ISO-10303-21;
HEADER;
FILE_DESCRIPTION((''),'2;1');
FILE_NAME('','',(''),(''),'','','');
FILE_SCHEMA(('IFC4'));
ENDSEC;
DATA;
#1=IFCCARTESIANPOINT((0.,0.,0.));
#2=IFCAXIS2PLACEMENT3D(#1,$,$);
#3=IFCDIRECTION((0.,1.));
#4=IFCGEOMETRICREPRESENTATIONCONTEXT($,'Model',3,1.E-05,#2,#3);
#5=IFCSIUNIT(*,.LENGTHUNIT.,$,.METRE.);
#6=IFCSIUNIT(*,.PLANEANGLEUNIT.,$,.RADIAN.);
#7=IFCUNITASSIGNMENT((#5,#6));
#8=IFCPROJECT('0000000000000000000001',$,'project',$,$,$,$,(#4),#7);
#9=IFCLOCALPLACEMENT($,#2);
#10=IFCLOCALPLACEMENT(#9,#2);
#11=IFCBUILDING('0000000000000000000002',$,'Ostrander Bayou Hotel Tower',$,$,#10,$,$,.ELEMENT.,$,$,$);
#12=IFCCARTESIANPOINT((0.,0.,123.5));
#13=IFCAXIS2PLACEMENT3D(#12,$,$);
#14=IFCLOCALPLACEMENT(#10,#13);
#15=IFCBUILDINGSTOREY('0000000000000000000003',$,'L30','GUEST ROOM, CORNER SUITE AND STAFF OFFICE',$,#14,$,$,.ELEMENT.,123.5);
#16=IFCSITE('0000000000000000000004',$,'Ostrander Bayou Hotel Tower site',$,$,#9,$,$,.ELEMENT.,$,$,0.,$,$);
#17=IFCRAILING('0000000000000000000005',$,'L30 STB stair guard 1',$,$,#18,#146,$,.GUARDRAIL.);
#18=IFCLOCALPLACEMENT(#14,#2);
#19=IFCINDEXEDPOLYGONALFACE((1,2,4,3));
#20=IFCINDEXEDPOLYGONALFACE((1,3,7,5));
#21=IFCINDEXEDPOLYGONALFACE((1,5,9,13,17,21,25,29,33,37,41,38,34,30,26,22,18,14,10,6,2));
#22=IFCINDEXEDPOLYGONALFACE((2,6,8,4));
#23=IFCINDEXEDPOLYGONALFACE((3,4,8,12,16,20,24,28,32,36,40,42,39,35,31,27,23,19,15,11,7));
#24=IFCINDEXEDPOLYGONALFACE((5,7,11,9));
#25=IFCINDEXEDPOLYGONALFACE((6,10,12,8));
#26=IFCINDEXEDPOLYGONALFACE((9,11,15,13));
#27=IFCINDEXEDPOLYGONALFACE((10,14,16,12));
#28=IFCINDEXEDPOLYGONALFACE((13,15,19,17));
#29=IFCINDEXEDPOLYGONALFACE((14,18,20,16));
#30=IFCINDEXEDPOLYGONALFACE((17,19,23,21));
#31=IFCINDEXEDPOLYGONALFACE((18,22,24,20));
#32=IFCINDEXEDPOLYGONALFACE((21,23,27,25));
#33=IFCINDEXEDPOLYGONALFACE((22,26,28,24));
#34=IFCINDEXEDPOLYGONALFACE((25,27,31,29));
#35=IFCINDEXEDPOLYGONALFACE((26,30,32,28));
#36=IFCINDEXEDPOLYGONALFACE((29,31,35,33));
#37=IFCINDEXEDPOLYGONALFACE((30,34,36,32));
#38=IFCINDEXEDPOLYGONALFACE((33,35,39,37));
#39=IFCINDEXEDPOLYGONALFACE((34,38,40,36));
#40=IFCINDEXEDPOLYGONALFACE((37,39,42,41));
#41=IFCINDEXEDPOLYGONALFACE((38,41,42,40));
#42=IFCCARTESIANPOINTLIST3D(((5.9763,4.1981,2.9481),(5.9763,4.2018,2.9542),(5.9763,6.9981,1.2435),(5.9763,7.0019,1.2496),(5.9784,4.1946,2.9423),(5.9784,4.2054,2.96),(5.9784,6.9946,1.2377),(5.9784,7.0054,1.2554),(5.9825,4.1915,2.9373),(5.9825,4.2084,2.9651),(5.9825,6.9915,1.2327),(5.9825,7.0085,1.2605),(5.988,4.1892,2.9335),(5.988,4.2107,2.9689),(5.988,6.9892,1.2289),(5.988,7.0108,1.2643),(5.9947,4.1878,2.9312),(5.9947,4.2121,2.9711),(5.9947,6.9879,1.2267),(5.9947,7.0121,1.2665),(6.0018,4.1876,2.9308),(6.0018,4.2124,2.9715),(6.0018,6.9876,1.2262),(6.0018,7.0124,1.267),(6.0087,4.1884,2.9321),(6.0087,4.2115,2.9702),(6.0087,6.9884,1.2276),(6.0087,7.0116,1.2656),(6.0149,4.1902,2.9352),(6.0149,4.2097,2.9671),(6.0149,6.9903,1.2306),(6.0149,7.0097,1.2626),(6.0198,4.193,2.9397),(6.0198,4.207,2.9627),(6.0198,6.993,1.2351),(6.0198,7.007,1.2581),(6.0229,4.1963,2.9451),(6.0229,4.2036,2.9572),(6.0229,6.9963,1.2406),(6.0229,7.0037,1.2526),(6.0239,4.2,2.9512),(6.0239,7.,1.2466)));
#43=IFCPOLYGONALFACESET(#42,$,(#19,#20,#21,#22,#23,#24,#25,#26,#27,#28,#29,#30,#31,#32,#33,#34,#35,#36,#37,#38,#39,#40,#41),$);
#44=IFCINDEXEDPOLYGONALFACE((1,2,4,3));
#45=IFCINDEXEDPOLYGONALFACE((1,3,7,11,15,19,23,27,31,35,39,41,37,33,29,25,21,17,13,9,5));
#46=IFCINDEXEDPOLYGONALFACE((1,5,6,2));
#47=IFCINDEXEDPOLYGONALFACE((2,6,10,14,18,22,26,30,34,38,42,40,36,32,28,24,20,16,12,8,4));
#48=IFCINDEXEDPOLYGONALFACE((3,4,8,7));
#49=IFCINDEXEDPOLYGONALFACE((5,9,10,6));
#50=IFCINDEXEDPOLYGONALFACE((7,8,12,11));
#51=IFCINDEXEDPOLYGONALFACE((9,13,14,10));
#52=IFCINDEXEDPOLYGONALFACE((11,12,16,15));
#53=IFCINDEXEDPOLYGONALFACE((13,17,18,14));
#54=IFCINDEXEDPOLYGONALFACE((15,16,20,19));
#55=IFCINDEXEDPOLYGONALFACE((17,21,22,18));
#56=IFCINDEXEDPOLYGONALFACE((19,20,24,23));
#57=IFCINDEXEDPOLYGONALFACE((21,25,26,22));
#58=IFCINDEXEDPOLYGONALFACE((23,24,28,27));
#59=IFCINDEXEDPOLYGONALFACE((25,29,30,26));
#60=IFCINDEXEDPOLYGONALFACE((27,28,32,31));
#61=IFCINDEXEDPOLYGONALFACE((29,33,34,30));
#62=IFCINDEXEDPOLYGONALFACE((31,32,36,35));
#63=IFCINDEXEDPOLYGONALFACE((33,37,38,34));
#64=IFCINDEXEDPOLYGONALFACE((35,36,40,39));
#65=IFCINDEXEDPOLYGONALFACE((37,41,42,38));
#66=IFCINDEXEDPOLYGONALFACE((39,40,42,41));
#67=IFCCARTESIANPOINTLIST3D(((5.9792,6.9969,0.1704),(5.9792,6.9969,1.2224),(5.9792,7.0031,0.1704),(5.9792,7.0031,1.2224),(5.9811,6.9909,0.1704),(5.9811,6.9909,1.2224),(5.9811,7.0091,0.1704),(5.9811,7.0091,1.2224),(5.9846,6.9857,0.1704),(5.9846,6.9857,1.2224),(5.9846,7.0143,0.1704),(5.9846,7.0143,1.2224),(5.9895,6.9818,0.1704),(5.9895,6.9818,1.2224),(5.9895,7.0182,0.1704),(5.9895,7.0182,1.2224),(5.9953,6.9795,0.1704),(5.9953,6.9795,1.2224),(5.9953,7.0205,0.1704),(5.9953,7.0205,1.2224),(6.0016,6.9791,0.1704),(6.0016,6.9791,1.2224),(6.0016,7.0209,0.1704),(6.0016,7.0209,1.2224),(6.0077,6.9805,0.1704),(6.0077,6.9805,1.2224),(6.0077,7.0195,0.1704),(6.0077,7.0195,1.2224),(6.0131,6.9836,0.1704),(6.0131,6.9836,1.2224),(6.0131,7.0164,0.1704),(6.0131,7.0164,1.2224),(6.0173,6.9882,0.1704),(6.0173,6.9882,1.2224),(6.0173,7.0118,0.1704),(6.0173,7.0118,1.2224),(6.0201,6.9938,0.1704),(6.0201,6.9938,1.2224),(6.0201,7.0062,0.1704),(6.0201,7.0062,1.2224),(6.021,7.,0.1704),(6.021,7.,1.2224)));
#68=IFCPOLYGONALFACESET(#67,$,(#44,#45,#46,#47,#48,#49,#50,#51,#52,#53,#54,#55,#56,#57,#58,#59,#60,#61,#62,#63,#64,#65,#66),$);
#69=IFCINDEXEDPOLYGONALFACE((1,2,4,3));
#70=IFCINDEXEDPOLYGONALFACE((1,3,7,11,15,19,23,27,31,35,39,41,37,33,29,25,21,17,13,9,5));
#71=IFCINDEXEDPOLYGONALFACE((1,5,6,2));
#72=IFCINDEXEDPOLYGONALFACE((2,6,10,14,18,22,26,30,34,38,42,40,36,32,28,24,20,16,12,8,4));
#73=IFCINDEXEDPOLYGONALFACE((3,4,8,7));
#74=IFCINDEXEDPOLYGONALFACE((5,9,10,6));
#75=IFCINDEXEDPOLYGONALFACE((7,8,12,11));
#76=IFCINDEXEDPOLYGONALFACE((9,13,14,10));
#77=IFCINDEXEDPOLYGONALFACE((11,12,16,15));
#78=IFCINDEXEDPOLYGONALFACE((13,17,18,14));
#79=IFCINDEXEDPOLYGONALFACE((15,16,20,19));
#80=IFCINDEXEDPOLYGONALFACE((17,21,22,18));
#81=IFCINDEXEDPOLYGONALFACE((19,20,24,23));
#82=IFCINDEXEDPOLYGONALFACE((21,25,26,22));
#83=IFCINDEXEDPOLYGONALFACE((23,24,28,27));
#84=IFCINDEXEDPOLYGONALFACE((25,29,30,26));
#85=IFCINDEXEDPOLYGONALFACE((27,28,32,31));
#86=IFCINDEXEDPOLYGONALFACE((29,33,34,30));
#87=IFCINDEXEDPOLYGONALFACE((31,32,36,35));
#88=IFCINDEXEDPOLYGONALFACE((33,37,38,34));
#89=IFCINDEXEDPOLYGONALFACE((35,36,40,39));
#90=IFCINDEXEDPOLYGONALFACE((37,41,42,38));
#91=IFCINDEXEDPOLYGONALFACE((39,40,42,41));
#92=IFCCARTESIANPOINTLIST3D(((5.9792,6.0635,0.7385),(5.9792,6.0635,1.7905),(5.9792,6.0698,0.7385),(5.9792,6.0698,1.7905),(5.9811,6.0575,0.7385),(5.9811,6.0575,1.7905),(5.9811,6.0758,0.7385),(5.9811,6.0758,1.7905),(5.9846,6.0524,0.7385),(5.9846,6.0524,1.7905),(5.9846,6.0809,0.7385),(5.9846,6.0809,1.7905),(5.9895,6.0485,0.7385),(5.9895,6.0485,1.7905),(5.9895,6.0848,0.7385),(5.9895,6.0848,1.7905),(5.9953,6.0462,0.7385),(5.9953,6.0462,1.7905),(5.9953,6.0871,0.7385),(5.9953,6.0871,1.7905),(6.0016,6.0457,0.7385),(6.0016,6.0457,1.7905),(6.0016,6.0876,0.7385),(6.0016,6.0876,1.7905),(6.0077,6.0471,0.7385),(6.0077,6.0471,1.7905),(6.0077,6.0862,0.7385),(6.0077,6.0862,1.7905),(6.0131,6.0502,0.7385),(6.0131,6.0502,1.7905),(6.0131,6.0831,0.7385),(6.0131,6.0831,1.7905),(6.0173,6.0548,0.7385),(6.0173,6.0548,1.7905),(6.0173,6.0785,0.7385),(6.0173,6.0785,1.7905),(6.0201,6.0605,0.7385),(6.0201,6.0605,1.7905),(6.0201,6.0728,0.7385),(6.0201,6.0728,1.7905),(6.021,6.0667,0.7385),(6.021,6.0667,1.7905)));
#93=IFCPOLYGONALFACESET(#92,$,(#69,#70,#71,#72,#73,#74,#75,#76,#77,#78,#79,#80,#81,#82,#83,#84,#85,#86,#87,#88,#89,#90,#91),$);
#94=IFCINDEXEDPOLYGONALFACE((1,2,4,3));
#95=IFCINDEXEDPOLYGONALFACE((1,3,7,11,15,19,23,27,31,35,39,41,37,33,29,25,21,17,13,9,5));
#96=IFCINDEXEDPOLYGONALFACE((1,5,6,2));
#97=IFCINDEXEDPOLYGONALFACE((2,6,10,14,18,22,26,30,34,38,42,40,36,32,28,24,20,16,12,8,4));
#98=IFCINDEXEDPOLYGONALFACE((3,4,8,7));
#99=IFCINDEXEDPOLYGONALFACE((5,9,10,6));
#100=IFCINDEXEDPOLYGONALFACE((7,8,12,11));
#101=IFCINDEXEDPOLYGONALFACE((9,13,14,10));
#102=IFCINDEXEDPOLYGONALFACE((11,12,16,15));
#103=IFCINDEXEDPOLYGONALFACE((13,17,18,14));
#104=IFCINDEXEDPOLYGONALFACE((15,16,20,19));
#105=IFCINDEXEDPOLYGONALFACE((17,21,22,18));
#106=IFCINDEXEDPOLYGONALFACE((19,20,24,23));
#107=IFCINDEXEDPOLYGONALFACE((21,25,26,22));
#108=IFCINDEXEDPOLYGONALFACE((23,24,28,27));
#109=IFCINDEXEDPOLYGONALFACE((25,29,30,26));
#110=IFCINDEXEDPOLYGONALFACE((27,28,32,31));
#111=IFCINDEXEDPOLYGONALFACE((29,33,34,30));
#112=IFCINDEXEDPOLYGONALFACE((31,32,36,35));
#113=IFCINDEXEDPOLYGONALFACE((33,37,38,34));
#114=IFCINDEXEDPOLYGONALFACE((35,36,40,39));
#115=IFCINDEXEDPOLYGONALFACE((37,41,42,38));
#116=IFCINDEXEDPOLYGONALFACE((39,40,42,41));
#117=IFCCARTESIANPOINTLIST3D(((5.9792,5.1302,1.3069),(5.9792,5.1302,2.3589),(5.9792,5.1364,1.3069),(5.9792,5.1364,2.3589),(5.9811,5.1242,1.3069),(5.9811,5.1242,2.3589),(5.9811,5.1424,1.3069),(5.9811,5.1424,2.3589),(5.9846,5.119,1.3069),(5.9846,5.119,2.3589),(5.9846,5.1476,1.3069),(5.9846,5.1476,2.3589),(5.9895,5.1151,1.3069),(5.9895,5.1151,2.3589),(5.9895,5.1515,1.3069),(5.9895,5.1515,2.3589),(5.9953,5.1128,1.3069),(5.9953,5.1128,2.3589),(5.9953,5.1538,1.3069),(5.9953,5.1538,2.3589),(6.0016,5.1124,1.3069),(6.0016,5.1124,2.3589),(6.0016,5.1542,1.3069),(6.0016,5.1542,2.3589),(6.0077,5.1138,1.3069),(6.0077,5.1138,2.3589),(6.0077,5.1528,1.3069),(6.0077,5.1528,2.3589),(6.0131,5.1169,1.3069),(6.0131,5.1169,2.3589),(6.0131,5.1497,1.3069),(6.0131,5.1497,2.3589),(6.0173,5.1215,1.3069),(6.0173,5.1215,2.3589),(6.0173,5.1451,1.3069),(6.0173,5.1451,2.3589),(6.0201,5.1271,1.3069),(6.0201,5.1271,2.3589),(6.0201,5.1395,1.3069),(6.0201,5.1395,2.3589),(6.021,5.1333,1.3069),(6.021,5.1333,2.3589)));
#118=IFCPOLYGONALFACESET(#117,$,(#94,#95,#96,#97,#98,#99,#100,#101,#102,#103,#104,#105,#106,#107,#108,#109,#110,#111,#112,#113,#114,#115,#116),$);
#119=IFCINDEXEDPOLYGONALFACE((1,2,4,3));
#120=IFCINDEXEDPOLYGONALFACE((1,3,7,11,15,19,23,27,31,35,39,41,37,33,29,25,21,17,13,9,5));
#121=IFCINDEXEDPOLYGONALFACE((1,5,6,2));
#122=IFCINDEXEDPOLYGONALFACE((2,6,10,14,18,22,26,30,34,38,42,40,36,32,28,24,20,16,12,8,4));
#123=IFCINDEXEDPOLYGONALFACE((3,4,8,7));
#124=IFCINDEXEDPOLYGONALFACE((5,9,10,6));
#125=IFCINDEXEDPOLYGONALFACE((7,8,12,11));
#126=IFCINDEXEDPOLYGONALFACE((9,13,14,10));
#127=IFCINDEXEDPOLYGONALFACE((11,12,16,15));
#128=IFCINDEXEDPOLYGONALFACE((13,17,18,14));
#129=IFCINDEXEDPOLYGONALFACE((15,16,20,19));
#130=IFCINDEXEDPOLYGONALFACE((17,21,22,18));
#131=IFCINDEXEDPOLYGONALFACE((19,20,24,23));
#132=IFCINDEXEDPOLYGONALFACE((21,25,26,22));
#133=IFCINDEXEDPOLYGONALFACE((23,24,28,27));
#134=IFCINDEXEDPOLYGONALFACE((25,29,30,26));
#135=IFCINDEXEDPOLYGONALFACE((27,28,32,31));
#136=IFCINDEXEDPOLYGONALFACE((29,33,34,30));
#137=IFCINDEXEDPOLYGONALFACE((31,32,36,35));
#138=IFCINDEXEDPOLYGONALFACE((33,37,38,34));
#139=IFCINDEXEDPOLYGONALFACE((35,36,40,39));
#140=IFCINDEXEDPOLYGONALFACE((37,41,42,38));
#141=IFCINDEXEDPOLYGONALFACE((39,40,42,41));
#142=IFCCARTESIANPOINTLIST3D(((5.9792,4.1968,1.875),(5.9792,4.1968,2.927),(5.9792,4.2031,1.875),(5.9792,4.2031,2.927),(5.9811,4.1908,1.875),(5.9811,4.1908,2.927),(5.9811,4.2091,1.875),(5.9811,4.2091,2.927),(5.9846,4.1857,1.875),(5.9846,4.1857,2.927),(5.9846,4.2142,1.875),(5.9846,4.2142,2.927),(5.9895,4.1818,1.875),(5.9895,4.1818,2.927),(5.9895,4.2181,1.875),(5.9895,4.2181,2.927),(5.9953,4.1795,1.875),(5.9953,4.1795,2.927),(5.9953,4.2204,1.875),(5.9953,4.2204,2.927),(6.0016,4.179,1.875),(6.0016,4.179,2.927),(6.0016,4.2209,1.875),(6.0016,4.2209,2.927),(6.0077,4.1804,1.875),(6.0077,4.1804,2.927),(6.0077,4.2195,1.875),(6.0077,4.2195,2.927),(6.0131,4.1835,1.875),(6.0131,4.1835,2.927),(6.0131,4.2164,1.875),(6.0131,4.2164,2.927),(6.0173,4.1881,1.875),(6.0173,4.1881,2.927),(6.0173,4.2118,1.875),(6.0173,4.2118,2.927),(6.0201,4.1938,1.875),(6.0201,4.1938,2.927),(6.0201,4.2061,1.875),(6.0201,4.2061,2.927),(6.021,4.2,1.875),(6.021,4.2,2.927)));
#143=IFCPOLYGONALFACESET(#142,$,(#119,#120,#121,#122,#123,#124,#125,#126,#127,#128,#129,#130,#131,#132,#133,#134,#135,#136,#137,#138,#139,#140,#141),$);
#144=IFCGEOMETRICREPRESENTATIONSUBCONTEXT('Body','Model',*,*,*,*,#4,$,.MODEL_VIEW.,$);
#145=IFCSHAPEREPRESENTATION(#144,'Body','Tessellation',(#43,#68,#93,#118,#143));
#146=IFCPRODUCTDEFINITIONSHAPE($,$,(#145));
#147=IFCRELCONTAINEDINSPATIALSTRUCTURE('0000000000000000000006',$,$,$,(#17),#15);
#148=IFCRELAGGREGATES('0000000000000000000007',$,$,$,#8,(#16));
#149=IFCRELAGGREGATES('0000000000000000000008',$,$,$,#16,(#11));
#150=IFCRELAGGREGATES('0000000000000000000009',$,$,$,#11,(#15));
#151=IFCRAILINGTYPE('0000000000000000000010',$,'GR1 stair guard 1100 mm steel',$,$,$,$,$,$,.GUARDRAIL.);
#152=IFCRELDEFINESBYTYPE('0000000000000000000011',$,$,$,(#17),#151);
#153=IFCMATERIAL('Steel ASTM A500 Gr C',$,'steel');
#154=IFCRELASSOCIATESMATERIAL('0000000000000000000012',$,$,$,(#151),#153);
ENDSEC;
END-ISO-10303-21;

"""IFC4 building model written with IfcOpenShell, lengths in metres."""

from ifc_helpers import new_model, si_unit, direction, frame, origin, origin_2d, place, context, subcontext, project, spatial, circle, extrude, material, type_object, element, save


model = new_model("IFC4")

# Units and contexts
model_context = context("Model", 3, precision=1e-05, world=origin(), true_north=direction((0.0, 1.0)))
body_context = subcontext(model_context, "Body", "Model", "MODEL_VIEW")
ifc_project = project(units=[si_unit("LENGTHUNIT", "METRE"), si_unit("PLANEANGLEUNIT", "RADIAN")], contexts=[model_context])

# Site, building, storey
site_placement = place(None, origin())
site = spatial("IfcSite", under=ifc_project, at=site_placement, Name="Ostrander Bayou Hotel Tower site", CompositionType="ELEMENT", RefElevation=0.0)
building_placement = place(site_placement, origin())
building = spatial("IfcBuilding", under=site, at=building_placement, Name="Ostrander Bayou Hotel Tower", CompositionType="ELEMENT")
storey_placement = place(building_placement, frame((0.0, 0.0, 123.5)))
storey = spatial("IfcBuildingStorey", under=building, at=storey_placement, Name="L30", Description="GUEST ROOM, CORNER SUITE AND STAFF OFFICE", CompositionType="ELEMENT", Elevation=123.5)

# Railing
ifc_material_1 = material(Name="Steel ASTM A500 Gr C", Category="steel")
railing_type_1 = type_object("IfcRailingType", Name="GR1 stair guard 1100 mm steel", PredefinedType="GUARDRAIL", material=ifc_material_1)
railing_1_placement = place(storey_placement, frame((6.0, 7.0, 0.1704)))
element("IfcRailing", 1, at=railing_1_placement, inside=storey, type_object=railing_type_1, Name="L30 STB stair guard 1", PredefinedType="GUARDRAIL", context=body_context, shape_type="SweptSolid", body=[
    extrude(circle(Radius=0.0239, at=origin_2d()), frame((0.0, 0.0, 1.0762), z_axis=(0.0, -0.85417, 0.519994), x_axis=(1.0, 0.0, 0.0)), (0.0, 0.0, 1.0), 3.2781),
    extrude(circle(Radius=0.021, at=origin_2d()), origin(), (0.0, 0.0, 1.0), 1.052),
    extrude(circle(Radius=0.021, at=origin_2d()), frame((0.0, -0.9333, 0.5681)), (0.0, 0.0, 1.0), 1.052),
    extrude(circle(Radius=0.021, at=origin_2d()), frame((0.0, -1.8667, 1.1365)), (0.0, 0.0, 1.0), 1.052),
    extrude(circle(Radius=0.021, at=origin_2d()), frame((0.0, -2.8, 1.7046)), (0.0, 0.0, 1.0), 1.052),
])

save(model, "model.ifc")
